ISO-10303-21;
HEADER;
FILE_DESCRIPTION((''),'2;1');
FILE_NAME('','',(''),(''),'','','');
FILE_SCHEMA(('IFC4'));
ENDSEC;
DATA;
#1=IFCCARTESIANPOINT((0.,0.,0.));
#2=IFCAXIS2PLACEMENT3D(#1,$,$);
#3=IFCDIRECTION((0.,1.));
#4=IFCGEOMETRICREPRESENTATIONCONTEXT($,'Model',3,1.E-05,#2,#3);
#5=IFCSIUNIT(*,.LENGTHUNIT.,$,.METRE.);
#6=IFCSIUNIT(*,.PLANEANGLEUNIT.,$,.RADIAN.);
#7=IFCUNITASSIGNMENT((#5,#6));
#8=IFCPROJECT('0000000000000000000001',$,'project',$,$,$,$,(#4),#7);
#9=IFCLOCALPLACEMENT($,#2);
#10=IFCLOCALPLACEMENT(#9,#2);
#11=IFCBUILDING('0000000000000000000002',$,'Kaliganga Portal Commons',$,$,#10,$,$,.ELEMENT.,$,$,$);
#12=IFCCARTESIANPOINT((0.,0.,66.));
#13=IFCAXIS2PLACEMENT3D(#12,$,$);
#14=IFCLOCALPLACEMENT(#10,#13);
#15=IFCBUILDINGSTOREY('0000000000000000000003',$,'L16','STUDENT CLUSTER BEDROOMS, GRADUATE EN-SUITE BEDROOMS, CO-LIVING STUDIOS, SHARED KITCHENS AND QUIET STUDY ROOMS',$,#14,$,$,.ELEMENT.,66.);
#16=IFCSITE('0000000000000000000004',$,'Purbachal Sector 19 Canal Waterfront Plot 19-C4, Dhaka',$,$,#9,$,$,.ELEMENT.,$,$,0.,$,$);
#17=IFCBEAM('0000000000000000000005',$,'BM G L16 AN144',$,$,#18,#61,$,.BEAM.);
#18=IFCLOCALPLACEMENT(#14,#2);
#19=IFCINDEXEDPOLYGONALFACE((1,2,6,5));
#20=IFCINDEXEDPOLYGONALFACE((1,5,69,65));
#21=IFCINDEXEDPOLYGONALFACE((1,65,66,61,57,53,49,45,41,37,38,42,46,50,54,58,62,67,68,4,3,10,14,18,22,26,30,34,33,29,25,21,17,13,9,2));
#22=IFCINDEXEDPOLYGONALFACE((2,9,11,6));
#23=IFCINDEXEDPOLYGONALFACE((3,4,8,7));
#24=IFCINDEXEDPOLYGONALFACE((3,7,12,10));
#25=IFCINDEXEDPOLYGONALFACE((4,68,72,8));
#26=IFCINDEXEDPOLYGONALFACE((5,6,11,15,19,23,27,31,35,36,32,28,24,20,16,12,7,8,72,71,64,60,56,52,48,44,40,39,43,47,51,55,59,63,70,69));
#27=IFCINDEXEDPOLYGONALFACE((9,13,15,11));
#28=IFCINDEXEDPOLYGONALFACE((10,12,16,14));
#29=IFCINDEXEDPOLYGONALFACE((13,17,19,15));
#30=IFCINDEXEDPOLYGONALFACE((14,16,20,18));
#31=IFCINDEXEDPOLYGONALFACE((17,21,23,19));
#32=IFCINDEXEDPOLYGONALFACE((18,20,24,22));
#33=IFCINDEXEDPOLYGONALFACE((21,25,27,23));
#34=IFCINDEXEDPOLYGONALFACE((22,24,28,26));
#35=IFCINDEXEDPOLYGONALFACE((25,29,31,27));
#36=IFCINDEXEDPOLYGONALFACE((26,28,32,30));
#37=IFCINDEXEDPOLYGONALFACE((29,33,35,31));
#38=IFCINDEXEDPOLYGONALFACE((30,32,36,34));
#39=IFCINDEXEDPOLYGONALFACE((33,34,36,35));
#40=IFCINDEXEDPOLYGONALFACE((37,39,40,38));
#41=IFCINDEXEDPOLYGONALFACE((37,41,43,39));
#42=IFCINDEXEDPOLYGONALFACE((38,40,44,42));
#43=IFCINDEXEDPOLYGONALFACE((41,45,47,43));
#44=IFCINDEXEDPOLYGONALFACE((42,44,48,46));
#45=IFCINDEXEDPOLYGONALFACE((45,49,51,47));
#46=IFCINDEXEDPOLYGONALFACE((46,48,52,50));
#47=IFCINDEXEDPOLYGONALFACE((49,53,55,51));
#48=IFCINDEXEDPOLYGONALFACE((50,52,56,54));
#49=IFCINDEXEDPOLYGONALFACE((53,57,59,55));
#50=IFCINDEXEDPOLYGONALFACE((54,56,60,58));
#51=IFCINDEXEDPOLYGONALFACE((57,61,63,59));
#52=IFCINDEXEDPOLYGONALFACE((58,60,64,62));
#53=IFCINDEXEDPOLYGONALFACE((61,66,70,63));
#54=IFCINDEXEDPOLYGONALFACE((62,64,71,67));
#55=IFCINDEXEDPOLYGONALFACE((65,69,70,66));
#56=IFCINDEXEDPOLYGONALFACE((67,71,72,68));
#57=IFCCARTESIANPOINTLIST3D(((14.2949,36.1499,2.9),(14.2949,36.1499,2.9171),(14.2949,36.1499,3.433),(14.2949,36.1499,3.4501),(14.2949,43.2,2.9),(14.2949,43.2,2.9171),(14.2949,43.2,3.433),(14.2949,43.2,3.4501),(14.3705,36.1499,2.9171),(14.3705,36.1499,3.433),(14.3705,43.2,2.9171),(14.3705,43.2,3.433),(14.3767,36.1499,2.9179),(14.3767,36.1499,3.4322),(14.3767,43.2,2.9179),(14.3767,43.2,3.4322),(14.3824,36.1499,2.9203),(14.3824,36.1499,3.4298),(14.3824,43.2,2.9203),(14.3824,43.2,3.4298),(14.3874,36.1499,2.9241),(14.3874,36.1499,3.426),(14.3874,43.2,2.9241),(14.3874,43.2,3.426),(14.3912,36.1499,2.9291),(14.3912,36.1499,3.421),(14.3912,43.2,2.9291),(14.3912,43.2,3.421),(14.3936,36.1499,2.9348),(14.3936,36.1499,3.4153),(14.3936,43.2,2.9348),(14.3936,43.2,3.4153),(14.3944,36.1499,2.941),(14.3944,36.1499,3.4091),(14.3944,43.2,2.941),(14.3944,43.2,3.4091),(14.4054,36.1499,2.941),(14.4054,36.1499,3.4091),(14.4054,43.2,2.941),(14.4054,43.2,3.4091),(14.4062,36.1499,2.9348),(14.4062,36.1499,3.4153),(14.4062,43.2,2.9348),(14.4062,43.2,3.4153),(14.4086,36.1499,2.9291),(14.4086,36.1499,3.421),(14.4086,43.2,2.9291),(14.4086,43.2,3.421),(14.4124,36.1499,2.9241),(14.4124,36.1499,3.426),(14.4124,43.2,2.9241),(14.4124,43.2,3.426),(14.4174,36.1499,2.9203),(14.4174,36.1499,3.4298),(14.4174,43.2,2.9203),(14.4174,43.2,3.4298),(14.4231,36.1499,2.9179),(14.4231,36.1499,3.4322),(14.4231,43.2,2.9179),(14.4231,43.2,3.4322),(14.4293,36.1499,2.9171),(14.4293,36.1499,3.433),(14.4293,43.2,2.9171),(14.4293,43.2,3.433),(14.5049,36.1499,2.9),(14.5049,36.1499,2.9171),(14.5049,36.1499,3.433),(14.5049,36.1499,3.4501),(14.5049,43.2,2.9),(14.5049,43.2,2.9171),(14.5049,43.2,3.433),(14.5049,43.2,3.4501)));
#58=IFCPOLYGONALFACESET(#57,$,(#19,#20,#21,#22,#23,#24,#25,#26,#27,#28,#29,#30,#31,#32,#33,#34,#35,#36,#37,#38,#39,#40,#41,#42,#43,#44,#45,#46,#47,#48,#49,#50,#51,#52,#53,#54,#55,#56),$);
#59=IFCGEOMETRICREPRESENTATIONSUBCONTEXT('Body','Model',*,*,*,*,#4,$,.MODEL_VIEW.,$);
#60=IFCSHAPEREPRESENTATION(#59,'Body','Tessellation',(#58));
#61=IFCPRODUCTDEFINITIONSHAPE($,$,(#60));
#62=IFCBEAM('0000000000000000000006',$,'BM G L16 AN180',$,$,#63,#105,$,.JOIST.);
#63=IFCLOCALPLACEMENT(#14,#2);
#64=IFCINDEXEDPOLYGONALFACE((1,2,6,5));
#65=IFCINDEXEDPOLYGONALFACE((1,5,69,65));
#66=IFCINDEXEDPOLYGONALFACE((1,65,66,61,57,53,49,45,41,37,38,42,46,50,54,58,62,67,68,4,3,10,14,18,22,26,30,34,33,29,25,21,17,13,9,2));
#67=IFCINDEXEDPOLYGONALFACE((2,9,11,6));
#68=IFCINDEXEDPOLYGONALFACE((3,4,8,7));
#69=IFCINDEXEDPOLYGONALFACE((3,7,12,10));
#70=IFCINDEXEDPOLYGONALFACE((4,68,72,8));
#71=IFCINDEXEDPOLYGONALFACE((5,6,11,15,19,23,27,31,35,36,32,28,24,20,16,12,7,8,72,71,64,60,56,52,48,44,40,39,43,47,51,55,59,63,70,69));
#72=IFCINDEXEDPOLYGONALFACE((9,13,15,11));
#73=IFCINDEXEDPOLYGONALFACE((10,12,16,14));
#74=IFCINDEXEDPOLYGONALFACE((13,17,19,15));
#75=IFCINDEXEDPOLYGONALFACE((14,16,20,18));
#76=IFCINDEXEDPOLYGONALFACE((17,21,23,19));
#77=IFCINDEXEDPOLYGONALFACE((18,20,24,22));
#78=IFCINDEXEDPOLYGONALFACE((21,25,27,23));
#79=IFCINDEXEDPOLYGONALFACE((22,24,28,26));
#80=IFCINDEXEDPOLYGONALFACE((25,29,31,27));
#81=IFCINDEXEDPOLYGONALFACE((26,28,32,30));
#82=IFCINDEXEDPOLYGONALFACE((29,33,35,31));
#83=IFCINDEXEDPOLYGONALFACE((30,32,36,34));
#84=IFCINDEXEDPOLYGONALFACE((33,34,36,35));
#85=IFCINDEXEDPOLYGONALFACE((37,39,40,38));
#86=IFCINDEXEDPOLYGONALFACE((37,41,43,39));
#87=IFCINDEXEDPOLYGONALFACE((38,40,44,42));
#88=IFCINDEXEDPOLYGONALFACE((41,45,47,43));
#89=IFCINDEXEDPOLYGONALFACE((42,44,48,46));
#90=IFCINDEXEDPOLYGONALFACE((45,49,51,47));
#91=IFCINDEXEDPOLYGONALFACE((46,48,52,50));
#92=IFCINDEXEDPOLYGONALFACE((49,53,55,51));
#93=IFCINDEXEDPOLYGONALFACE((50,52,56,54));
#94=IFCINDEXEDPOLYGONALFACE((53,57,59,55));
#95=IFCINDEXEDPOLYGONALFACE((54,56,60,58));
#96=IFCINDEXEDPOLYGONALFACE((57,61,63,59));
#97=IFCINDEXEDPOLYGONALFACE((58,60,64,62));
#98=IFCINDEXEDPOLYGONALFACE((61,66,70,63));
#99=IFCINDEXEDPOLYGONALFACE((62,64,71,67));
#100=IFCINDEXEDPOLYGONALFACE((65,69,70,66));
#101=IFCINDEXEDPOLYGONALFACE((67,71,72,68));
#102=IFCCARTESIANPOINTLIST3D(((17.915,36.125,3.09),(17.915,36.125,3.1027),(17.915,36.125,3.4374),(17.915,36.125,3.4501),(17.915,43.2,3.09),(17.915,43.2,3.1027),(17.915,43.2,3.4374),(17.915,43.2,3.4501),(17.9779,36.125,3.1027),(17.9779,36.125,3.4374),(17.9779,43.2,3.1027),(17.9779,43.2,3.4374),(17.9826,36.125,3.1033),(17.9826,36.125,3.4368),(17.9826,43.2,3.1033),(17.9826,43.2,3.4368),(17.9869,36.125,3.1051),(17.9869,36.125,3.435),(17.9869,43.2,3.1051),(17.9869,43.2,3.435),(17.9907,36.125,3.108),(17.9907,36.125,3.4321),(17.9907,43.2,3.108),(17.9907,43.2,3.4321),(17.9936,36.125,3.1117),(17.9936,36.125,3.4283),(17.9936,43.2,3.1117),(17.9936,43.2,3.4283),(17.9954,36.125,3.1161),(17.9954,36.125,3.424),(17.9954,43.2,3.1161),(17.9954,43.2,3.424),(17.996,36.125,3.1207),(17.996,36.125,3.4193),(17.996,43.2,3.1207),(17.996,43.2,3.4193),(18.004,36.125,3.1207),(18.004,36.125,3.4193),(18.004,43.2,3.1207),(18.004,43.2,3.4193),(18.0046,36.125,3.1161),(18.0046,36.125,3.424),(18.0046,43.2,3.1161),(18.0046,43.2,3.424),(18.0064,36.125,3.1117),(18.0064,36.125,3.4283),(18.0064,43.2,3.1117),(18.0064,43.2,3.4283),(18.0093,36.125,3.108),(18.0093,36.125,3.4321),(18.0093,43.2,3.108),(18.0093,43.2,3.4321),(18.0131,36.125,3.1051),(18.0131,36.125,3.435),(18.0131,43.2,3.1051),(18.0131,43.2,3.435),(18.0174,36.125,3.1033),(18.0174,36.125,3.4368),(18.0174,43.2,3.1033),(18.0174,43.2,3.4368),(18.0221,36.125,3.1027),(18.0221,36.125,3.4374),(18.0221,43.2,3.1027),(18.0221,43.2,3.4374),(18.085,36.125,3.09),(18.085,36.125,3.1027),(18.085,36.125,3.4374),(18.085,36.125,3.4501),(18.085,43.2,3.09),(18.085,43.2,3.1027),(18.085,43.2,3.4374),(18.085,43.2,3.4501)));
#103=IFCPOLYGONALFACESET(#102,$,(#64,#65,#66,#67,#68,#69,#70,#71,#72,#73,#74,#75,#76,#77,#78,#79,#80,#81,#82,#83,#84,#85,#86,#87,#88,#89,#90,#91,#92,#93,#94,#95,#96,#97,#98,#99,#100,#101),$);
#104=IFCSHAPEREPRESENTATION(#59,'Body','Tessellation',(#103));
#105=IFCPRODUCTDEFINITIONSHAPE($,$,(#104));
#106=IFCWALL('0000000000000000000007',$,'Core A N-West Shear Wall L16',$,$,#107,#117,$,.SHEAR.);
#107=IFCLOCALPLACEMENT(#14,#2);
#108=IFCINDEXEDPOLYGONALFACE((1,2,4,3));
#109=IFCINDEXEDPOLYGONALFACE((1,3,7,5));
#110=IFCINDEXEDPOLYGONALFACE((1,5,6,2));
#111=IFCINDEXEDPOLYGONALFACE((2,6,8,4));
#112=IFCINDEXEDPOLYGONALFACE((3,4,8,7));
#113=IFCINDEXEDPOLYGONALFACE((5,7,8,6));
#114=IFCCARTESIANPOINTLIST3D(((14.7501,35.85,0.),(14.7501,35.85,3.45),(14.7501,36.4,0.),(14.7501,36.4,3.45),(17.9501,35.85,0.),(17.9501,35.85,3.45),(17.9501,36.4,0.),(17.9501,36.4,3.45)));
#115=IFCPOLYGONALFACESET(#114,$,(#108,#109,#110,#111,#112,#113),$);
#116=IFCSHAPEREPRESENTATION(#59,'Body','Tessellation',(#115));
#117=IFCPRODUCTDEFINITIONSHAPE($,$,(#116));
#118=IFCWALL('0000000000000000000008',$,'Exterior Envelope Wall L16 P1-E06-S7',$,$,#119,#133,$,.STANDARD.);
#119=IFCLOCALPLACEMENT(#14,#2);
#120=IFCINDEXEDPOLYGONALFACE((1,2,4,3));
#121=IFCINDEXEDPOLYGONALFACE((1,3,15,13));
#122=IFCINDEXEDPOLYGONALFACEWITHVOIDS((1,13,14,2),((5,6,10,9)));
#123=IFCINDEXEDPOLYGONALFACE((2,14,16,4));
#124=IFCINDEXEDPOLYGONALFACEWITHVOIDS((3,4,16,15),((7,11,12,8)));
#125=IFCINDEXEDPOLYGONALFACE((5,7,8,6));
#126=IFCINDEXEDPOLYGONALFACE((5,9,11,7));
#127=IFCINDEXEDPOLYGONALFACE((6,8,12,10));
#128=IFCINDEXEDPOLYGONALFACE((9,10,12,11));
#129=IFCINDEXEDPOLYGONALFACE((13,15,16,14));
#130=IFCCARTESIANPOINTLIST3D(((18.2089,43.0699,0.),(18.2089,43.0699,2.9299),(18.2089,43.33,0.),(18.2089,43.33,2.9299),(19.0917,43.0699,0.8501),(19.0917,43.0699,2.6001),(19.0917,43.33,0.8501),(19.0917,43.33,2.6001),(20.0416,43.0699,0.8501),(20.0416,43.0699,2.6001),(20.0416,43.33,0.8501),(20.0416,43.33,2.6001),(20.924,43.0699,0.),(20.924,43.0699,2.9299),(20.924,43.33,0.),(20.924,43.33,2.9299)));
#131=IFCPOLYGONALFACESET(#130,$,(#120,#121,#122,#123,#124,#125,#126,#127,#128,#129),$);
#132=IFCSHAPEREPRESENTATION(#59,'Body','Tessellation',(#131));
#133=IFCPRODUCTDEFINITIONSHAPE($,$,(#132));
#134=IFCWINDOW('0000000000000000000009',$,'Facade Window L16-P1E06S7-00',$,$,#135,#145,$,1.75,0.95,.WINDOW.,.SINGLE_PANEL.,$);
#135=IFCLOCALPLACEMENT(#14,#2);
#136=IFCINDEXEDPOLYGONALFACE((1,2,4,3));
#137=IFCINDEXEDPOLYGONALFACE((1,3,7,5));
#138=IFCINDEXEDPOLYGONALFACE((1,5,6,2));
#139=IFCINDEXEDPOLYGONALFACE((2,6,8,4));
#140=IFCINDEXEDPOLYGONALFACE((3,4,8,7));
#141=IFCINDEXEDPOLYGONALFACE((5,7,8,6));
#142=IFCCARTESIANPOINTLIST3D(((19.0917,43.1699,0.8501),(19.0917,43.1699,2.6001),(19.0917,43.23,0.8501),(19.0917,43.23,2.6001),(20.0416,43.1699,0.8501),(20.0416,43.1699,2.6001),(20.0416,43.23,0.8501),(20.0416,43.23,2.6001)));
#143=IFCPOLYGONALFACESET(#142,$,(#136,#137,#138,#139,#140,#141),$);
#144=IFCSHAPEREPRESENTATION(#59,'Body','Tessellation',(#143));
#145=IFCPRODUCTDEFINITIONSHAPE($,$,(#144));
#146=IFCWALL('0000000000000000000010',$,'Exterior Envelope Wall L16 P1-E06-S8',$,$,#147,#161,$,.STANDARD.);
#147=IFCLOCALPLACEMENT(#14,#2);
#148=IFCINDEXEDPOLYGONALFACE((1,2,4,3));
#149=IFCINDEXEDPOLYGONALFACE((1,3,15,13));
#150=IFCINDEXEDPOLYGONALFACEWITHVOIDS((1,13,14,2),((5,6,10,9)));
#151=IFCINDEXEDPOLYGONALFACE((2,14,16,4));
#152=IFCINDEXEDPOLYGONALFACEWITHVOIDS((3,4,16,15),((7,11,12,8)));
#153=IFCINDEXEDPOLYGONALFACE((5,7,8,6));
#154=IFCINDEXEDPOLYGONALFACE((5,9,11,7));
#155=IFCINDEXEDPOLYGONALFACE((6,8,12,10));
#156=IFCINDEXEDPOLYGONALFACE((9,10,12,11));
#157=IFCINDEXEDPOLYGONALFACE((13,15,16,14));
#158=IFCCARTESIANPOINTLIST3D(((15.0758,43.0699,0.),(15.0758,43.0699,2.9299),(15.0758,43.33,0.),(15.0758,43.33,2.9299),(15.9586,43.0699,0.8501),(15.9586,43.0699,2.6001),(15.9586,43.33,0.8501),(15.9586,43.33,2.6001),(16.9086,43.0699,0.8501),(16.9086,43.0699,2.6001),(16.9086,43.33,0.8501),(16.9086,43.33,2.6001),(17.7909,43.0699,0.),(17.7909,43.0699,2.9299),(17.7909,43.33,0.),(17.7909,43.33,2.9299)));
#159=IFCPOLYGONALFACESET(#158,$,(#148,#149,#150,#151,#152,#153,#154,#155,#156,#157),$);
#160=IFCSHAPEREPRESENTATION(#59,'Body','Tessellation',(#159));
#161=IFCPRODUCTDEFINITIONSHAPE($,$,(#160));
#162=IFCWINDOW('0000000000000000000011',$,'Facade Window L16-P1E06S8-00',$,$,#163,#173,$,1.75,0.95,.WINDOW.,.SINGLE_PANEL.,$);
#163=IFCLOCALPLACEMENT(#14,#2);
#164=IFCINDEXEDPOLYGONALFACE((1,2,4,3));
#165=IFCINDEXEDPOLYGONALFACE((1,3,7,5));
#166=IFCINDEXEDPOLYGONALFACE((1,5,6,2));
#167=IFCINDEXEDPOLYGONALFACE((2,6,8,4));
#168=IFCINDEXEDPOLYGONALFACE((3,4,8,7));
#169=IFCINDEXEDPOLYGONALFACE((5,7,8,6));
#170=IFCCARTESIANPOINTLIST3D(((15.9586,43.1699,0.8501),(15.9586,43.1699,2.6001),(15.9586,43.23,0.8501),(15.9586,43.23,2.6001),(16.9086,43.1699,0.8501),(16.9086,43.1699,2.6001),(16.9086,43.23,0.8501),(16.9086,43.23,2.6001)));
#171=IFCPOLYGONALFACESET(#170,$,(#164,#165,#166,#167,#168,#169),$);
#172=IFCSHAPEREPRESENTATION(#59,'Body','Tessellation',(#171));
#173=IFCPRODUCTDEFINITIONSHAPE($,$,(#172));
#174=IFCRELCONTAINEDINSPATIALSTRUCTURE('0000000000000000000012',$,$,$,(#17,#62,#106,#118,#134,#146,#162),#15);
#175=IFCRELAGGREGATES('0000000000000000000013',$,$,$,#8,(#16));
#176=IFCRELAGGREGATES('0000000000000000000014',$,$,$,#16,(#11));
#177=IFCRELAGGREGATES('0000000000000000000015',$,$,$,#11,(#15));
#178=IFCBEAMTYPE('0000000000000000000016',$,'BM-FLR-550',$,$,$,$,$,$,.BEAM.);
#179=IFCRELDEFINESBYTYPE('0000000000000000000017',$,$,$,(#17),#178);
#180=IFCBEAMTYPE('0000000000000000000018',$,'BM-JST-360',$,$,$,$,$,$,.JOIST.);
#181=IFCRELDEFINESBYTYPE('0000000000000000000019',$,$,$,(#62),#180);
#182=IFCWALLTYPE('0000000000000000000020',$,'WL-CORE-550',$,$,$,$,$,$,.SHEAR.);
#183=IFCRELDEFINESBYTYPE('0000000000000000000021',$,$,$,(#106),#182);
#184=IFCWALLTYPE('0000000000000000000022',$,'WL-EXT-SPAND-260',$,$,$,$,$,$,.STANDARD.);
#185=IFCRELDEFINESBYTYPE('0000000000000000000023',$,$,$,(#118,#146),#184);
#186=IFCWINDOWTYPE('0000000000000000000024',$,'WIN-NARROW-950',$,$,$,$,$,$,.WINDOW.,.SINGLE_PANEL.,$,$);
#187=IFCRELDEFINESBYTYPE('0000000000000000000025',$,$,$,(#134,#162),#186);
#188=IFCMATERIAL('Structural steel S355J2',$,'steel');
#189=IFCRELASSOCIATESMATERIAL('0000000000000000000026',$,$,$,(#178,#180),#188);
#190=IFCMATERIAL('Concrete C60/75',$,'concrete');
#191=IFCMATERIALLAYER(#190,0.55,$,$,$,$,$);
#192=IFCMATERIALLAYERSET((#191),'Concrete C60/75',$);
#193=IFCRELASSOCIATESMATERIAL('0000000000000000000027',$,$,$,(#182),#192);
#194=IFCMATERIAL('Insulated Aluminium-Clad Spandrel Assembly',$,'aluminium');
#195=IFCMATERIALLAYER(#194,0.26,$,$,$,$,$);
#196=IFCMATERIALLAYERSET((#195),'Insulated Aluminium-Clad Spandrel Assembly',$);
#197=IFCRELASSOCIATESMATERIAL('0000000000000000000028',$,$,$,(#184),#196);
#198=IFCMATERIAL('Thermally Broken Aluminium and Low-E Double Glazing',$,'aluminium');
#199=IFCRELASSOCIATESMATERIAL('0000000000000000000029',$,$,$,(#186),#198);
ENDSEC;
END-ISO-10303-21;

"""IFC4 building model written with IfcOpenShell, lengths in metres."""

from ifc_helpers import new_model, si_unit, direction, frame, frame_2d, origin, origin_2d, place, context, subcontext, project, spatial, rectangle, i_section, extrude, source, transform, mapped, material, layer, layer_set, material_profile, profile_set, type_object, element, fill, save


model = new_model("IFC4")

# Units and contexts
model_context = context("Model", 3, precision=1e-05, world=origin(), true_north=direction((0.0, 1.0)))
body_context = subcontext(model_context, "Body", "Model", "MODEL_VIEW")
ifc_project = project(units=[si_unit("LENGTHUNIT", "METRE"), si_unit("PLANEANGLEUNIT", "RADIAN")], contexts=[model_context])

# Site, building, storey
site_placement = place(None, origin())
site = spatial("IfcSite", under=ifc_project, at=site_placement, Name="Purbachal Sector 19 Canal Waterfront Plot 19-C4, Dhaka", CompositionType="ELEMENT", RefElevation=0.0)
building_placement = place(site_placement, origin())
building = spatial("IfcBuilding", under=site, at=building_placement, Name="Kaliganga Portal Commons", CompositionType="ELEMENT")
storey_placement = place(building_placement, frame((0.0, 0.0, 66.0)))
storey = spatial("IfcBuildingStorey", under=building, at=storey_placement, Name="L16", Description="STUDENT CLUSTER BEDROOMS, GRADUATE EN-SUITE BEDROOMS, CO-LIVING STUDIOS, SHARED KITCHENS AND QUIET STUDY ROOMS", CompositionType="ELEMENT", Elevation=66.0)

# Beams
ifc_material_1 = material(Name="Concrete C60/75", Category="concrete")
ifc_material_2 = material(Name="Structural steel S355J2", Category="steel")
ifc_material_profile_1 = material_profile(ifc_material_2, i_section(OverallWidth=0.21, OverallDepth=0.55, WebThickness=0.011, FlangeThickness=0.0171, FilletRadius=0.0239, at=origin_2d()), Name="IPE 550")
ifc_profile_set_1 = profile_set([ifc_material_profile_1], Name="Structural steel S355J2 wide-flange")
beam_type_1 = type_object("IfcBeamType", Name="BM-FLR-550", PredefinedType="BEAM", material=ifc_profile_set_1)
shared_shape_1 = source(origin(), body_context, "Body", "SweptSolid", [
    extrude(i_section(OverallWidth=0.21, OverallDepth=0.55, WebThickness=0.011, FlangeThickness=0.0171, FilletRadius=0.0239, at=origin_2d()), origin(), (0.0, 0.0, 1.0), 7.05),
])
beam_1_placement = place(storey_placement, frame((14.3999, 36.1499, 3.175), z_axis=(0.0, 1.0, 0.0), x_axis=(-1.0, 0.0, 0.0)))
element("IfcBeam", 1, at=beam_1_placement, inside=storey, type_object=beam_type_1, Name="BM G L16 AN144", PredefinedType="BEAM", context=body_context, shape_type="MappedRepresentation", body=[
    mapped(shared_shape_1, transform((0.0, 0.0, 0.0), x_axis=(1.0, 0.0, 0.0), y_axis=(0.0, 1.0, 0.0), z_axis=(0.0, 0.0, 1.0), scale=1.0)),
])
ifc_material_profile_2 = material_profile(ifc_material_2, i_section(OverallWidth=0.1699, OverallDepth=0.3601, WebThickness=0.0081, FlangeThickness=0.0127, FilletRadius=0.0181, at=origin_2d()), Name="IPE 360")
ifc_profile_set_2 = profile_set([ifc_material_profile_2], Name="Structural steel S355J2 wide-flange")
beam_type_2 = type_object("IfcBeamType", Name="BM-JST-360", PredefinedType="JOIST", material=ifc_profile_set_2)
shared_shape_2 = source(origin(), body_context, "Body", "SweptSolid", [
    extrude(i_section(OverallWidth=0.1699, OverallDepth=0.3601, WebThickness=0.0081, FlangeThickness=0.0127, FilletRadius=0.0181, at=origin_2d()), origin(), (0.0, 0.0, 1.0), 7.075),
])
beam_2_placement = place(storey_placement, frame((18.0, 36.125, 3.27), z_axis=(0.0, 1.0, 0.0), x_axis=(-1.0, 0.0, 0.0)))
element("IfcBeam", 2, at=beam_2_placement, inside=storey, type_object=beam_type_2, Name="BM G L16 AN180", PredefinedType="JOIST", context=body_context, shape_type="MappedRepresentation", body=[
    mapped(shared_shape_2, transform((0.0, 0.0, 0.0), x_axis=(1.0, 0.0, 0.0), y_axis=(0.0, 1.0, 0.0), z_axis=(0.0, 0.0, 1.0), scale=1.0)),
])

# Wall
ifc_layer_1 = layer(ifc_material_1, 0.55)
ifc_layer_set_1 = layer_set([ifc_layer_1], Name="Concrete C60/75")
wall_type_1 = type_object("IfcWallType", Name="WL-CORE-550", PredefinedType="SHEAR", material=ifc_layer_set_1)
wall_1_placement = place(storey_placement, frame((14.75, 36.125, 0.0), z_axis=(0.0, 0.0, 1.0), x_axis=(1.0, 0.0, 0.0)))
element("IfcWall", 3, at=wall_1_placement, inside=storey, type_object=wall_type_1, Name="Core A N-West Shear Wall L16", PredefinedType="SHEAR", context=body_context, shape_type="SweptSolid", body=[
    extrude(rectangle(XDim=3.2, YDim=0.55, at=frame_2d((1.6001, 0.0))), origin(), (0.0, 0.0, 1.0), 3.45),
])

# Walls, openings, windows
ifc_material_3 = material(Name="Insulated Aluminium-Clad Spandrel Assembly", Category="aluminium")
ifc_layer_2 = layer(ifc_material_3, 0.26)
ifc_layer_set_2 = layer_set([ifc_layer_2], Name="Insulated Aluminium-Clad Spandrel Assembly")
wall_type_2 = type_object("IfcWallType", Name="WL-EXT-SPAND-260", PredefinedType="STANDARD", material=ifc_layer_set_2)
wall_2_placement = place(storey_placement, frame((18.209, 43.2, 0.0), z_axis=(0.0, 0.0, 1.0), x_axis=(1.0, 0.0, 0.0)))
wall_2 = element("IfcWall", 4, at=wall_2_placement, inside=storey, type_object=wall_type_2, Name="Exterior Envelope Wall L16 P1-E06-S7", PredefinedType="STANDARD", context=body_context, shape_type="SweptSolid", body=[
    extrude(rectangle(XDim=2.7151, YDim=0.26, at=frame_2d((1.3574, 0.0))), origin(), (0.0, 0.0, 1.0), 2.9299),
])
opening_1_placement = place(wall_2_placement, frame((0.8826, 0.0, 0.8501)))
opening_1 = element("IfcOpeningElement", 5, at=opening_1_placement, cuts=wall_2, PredefinedType="OPENING", context=body_context, shape_type="SweptSolid", body=[
    extrude(rectangle(XDim=0.95, YDim=1.75, at=frame_2d((0.4751, 0.875))), frame((0.0, 0.1401, 0.0), z_axis=(0.0, -1.0, 0.0), x_axis=(1.0, 0.0, 0.0)), (0.0, 0.0, 1.0), 0.28),
])
ifc_material_4 = material(Name="Thermally Broken Aluminium and Low-E Double Glazing", Category="aluminium")
window_type = type_object("IfcWindowType", Name="WIN-NARROW-950", PartitioningType="SINGLE_PANEL", PredefinedType="WINDOW", material=ifc_material_4)
window_1_placement = place(opening_1_placement, origin())
window_1 = element("IfcWindow", 6, at=window_1_placement, inside=storey, type_object=window_type, Name="Facade Window L16-P1E06S7-00", OverallHeight=1.75, OverallWidth=0.95, PartitioningType="SINGLE_PANEL", PredefinedType="WINDOW", context=body_context, shape_type="SweptSolid", body=[
    extrude(rectangle(XDim=0.95, YDim=1.75, at=frame_2d((0.4751, 0.875))), frame((0.0, 0.03, 0.0), z_axis=(0.0, -1.0, 0.0), x_axis=(1.0, 0.0, 0.0)), (0.0, 0.0, 1.0), 0.0601),
])
fill(opening_1, window_1)
wall_3_placement = place(storey_placement, frame((15.0759, 43.2, 0.0), z_axis=(0.0, 0.0, 1.0), x_axis=(1.0, 0.0, 0.0)))
wall_3 = element("IfcWall", 7, at=wall_3_placement, inside=storey, type_object=wall_type_2, Name="Exterior Envelope Wall L16 P1-E06-S8", PredefinedType="STANDARD", context=body_context, shape_type="SweptSolid", body=[
    extrude(rectangle(XDim=2.7151, YDim=0.26, at=frame_2d((1.3574, 0.0))), origin(), (0.0, 0.0, 1.0), 2.9299),
])
opening_2_placement = place(wall_3_placement, frame((0.8826, 0.0, 0.8501)))
opening_2 = element("IfcOpeningElement", 8, at=opening_2_placement, cuts=wall_3, PredefinedType="OPENING", context=body_context, shape_type="SweptSolid", body=[
    extrude(rectangle(XDim=0.95, YDim=1.75, at=frame_2d((0.4751, 0.875))), frame((0.0, 0.1401, 0.0), z_axis=(0.0, -1.0, 0.0), x_axis=(1.0, 0.0, 0.0)), (0.0, 0.0, 1.0), 0.28),
])
window_2_placement = place(opening_2_placement, origin())
window_2 = element("IfcWindow", 9, at=window_2_placement, inside=storey, type_object=window_type, Name="Facade Window L16-P1E06S8-00", OverallHeight=1.75, OverallWidth=0.95, PartitioningType="SINGLE_PANEL", PredefinedType="WINDOW", context=body_context, shape_type="SweptSolid", body=[
    extrude(rectangle(XDim=0.95, YDim=1.75, at=frame_2d((0.4751, 0.875))), frame((0.0, 0.03, 0.0), z_axis=(0.0, -1.0, 0.0), x_axis=(1.0, 0.0, 0.0)), (0.0, 0.0, 1.0), 0.0601),
])
fill(opening_2, window_2)

save(model, "model.ifc")
